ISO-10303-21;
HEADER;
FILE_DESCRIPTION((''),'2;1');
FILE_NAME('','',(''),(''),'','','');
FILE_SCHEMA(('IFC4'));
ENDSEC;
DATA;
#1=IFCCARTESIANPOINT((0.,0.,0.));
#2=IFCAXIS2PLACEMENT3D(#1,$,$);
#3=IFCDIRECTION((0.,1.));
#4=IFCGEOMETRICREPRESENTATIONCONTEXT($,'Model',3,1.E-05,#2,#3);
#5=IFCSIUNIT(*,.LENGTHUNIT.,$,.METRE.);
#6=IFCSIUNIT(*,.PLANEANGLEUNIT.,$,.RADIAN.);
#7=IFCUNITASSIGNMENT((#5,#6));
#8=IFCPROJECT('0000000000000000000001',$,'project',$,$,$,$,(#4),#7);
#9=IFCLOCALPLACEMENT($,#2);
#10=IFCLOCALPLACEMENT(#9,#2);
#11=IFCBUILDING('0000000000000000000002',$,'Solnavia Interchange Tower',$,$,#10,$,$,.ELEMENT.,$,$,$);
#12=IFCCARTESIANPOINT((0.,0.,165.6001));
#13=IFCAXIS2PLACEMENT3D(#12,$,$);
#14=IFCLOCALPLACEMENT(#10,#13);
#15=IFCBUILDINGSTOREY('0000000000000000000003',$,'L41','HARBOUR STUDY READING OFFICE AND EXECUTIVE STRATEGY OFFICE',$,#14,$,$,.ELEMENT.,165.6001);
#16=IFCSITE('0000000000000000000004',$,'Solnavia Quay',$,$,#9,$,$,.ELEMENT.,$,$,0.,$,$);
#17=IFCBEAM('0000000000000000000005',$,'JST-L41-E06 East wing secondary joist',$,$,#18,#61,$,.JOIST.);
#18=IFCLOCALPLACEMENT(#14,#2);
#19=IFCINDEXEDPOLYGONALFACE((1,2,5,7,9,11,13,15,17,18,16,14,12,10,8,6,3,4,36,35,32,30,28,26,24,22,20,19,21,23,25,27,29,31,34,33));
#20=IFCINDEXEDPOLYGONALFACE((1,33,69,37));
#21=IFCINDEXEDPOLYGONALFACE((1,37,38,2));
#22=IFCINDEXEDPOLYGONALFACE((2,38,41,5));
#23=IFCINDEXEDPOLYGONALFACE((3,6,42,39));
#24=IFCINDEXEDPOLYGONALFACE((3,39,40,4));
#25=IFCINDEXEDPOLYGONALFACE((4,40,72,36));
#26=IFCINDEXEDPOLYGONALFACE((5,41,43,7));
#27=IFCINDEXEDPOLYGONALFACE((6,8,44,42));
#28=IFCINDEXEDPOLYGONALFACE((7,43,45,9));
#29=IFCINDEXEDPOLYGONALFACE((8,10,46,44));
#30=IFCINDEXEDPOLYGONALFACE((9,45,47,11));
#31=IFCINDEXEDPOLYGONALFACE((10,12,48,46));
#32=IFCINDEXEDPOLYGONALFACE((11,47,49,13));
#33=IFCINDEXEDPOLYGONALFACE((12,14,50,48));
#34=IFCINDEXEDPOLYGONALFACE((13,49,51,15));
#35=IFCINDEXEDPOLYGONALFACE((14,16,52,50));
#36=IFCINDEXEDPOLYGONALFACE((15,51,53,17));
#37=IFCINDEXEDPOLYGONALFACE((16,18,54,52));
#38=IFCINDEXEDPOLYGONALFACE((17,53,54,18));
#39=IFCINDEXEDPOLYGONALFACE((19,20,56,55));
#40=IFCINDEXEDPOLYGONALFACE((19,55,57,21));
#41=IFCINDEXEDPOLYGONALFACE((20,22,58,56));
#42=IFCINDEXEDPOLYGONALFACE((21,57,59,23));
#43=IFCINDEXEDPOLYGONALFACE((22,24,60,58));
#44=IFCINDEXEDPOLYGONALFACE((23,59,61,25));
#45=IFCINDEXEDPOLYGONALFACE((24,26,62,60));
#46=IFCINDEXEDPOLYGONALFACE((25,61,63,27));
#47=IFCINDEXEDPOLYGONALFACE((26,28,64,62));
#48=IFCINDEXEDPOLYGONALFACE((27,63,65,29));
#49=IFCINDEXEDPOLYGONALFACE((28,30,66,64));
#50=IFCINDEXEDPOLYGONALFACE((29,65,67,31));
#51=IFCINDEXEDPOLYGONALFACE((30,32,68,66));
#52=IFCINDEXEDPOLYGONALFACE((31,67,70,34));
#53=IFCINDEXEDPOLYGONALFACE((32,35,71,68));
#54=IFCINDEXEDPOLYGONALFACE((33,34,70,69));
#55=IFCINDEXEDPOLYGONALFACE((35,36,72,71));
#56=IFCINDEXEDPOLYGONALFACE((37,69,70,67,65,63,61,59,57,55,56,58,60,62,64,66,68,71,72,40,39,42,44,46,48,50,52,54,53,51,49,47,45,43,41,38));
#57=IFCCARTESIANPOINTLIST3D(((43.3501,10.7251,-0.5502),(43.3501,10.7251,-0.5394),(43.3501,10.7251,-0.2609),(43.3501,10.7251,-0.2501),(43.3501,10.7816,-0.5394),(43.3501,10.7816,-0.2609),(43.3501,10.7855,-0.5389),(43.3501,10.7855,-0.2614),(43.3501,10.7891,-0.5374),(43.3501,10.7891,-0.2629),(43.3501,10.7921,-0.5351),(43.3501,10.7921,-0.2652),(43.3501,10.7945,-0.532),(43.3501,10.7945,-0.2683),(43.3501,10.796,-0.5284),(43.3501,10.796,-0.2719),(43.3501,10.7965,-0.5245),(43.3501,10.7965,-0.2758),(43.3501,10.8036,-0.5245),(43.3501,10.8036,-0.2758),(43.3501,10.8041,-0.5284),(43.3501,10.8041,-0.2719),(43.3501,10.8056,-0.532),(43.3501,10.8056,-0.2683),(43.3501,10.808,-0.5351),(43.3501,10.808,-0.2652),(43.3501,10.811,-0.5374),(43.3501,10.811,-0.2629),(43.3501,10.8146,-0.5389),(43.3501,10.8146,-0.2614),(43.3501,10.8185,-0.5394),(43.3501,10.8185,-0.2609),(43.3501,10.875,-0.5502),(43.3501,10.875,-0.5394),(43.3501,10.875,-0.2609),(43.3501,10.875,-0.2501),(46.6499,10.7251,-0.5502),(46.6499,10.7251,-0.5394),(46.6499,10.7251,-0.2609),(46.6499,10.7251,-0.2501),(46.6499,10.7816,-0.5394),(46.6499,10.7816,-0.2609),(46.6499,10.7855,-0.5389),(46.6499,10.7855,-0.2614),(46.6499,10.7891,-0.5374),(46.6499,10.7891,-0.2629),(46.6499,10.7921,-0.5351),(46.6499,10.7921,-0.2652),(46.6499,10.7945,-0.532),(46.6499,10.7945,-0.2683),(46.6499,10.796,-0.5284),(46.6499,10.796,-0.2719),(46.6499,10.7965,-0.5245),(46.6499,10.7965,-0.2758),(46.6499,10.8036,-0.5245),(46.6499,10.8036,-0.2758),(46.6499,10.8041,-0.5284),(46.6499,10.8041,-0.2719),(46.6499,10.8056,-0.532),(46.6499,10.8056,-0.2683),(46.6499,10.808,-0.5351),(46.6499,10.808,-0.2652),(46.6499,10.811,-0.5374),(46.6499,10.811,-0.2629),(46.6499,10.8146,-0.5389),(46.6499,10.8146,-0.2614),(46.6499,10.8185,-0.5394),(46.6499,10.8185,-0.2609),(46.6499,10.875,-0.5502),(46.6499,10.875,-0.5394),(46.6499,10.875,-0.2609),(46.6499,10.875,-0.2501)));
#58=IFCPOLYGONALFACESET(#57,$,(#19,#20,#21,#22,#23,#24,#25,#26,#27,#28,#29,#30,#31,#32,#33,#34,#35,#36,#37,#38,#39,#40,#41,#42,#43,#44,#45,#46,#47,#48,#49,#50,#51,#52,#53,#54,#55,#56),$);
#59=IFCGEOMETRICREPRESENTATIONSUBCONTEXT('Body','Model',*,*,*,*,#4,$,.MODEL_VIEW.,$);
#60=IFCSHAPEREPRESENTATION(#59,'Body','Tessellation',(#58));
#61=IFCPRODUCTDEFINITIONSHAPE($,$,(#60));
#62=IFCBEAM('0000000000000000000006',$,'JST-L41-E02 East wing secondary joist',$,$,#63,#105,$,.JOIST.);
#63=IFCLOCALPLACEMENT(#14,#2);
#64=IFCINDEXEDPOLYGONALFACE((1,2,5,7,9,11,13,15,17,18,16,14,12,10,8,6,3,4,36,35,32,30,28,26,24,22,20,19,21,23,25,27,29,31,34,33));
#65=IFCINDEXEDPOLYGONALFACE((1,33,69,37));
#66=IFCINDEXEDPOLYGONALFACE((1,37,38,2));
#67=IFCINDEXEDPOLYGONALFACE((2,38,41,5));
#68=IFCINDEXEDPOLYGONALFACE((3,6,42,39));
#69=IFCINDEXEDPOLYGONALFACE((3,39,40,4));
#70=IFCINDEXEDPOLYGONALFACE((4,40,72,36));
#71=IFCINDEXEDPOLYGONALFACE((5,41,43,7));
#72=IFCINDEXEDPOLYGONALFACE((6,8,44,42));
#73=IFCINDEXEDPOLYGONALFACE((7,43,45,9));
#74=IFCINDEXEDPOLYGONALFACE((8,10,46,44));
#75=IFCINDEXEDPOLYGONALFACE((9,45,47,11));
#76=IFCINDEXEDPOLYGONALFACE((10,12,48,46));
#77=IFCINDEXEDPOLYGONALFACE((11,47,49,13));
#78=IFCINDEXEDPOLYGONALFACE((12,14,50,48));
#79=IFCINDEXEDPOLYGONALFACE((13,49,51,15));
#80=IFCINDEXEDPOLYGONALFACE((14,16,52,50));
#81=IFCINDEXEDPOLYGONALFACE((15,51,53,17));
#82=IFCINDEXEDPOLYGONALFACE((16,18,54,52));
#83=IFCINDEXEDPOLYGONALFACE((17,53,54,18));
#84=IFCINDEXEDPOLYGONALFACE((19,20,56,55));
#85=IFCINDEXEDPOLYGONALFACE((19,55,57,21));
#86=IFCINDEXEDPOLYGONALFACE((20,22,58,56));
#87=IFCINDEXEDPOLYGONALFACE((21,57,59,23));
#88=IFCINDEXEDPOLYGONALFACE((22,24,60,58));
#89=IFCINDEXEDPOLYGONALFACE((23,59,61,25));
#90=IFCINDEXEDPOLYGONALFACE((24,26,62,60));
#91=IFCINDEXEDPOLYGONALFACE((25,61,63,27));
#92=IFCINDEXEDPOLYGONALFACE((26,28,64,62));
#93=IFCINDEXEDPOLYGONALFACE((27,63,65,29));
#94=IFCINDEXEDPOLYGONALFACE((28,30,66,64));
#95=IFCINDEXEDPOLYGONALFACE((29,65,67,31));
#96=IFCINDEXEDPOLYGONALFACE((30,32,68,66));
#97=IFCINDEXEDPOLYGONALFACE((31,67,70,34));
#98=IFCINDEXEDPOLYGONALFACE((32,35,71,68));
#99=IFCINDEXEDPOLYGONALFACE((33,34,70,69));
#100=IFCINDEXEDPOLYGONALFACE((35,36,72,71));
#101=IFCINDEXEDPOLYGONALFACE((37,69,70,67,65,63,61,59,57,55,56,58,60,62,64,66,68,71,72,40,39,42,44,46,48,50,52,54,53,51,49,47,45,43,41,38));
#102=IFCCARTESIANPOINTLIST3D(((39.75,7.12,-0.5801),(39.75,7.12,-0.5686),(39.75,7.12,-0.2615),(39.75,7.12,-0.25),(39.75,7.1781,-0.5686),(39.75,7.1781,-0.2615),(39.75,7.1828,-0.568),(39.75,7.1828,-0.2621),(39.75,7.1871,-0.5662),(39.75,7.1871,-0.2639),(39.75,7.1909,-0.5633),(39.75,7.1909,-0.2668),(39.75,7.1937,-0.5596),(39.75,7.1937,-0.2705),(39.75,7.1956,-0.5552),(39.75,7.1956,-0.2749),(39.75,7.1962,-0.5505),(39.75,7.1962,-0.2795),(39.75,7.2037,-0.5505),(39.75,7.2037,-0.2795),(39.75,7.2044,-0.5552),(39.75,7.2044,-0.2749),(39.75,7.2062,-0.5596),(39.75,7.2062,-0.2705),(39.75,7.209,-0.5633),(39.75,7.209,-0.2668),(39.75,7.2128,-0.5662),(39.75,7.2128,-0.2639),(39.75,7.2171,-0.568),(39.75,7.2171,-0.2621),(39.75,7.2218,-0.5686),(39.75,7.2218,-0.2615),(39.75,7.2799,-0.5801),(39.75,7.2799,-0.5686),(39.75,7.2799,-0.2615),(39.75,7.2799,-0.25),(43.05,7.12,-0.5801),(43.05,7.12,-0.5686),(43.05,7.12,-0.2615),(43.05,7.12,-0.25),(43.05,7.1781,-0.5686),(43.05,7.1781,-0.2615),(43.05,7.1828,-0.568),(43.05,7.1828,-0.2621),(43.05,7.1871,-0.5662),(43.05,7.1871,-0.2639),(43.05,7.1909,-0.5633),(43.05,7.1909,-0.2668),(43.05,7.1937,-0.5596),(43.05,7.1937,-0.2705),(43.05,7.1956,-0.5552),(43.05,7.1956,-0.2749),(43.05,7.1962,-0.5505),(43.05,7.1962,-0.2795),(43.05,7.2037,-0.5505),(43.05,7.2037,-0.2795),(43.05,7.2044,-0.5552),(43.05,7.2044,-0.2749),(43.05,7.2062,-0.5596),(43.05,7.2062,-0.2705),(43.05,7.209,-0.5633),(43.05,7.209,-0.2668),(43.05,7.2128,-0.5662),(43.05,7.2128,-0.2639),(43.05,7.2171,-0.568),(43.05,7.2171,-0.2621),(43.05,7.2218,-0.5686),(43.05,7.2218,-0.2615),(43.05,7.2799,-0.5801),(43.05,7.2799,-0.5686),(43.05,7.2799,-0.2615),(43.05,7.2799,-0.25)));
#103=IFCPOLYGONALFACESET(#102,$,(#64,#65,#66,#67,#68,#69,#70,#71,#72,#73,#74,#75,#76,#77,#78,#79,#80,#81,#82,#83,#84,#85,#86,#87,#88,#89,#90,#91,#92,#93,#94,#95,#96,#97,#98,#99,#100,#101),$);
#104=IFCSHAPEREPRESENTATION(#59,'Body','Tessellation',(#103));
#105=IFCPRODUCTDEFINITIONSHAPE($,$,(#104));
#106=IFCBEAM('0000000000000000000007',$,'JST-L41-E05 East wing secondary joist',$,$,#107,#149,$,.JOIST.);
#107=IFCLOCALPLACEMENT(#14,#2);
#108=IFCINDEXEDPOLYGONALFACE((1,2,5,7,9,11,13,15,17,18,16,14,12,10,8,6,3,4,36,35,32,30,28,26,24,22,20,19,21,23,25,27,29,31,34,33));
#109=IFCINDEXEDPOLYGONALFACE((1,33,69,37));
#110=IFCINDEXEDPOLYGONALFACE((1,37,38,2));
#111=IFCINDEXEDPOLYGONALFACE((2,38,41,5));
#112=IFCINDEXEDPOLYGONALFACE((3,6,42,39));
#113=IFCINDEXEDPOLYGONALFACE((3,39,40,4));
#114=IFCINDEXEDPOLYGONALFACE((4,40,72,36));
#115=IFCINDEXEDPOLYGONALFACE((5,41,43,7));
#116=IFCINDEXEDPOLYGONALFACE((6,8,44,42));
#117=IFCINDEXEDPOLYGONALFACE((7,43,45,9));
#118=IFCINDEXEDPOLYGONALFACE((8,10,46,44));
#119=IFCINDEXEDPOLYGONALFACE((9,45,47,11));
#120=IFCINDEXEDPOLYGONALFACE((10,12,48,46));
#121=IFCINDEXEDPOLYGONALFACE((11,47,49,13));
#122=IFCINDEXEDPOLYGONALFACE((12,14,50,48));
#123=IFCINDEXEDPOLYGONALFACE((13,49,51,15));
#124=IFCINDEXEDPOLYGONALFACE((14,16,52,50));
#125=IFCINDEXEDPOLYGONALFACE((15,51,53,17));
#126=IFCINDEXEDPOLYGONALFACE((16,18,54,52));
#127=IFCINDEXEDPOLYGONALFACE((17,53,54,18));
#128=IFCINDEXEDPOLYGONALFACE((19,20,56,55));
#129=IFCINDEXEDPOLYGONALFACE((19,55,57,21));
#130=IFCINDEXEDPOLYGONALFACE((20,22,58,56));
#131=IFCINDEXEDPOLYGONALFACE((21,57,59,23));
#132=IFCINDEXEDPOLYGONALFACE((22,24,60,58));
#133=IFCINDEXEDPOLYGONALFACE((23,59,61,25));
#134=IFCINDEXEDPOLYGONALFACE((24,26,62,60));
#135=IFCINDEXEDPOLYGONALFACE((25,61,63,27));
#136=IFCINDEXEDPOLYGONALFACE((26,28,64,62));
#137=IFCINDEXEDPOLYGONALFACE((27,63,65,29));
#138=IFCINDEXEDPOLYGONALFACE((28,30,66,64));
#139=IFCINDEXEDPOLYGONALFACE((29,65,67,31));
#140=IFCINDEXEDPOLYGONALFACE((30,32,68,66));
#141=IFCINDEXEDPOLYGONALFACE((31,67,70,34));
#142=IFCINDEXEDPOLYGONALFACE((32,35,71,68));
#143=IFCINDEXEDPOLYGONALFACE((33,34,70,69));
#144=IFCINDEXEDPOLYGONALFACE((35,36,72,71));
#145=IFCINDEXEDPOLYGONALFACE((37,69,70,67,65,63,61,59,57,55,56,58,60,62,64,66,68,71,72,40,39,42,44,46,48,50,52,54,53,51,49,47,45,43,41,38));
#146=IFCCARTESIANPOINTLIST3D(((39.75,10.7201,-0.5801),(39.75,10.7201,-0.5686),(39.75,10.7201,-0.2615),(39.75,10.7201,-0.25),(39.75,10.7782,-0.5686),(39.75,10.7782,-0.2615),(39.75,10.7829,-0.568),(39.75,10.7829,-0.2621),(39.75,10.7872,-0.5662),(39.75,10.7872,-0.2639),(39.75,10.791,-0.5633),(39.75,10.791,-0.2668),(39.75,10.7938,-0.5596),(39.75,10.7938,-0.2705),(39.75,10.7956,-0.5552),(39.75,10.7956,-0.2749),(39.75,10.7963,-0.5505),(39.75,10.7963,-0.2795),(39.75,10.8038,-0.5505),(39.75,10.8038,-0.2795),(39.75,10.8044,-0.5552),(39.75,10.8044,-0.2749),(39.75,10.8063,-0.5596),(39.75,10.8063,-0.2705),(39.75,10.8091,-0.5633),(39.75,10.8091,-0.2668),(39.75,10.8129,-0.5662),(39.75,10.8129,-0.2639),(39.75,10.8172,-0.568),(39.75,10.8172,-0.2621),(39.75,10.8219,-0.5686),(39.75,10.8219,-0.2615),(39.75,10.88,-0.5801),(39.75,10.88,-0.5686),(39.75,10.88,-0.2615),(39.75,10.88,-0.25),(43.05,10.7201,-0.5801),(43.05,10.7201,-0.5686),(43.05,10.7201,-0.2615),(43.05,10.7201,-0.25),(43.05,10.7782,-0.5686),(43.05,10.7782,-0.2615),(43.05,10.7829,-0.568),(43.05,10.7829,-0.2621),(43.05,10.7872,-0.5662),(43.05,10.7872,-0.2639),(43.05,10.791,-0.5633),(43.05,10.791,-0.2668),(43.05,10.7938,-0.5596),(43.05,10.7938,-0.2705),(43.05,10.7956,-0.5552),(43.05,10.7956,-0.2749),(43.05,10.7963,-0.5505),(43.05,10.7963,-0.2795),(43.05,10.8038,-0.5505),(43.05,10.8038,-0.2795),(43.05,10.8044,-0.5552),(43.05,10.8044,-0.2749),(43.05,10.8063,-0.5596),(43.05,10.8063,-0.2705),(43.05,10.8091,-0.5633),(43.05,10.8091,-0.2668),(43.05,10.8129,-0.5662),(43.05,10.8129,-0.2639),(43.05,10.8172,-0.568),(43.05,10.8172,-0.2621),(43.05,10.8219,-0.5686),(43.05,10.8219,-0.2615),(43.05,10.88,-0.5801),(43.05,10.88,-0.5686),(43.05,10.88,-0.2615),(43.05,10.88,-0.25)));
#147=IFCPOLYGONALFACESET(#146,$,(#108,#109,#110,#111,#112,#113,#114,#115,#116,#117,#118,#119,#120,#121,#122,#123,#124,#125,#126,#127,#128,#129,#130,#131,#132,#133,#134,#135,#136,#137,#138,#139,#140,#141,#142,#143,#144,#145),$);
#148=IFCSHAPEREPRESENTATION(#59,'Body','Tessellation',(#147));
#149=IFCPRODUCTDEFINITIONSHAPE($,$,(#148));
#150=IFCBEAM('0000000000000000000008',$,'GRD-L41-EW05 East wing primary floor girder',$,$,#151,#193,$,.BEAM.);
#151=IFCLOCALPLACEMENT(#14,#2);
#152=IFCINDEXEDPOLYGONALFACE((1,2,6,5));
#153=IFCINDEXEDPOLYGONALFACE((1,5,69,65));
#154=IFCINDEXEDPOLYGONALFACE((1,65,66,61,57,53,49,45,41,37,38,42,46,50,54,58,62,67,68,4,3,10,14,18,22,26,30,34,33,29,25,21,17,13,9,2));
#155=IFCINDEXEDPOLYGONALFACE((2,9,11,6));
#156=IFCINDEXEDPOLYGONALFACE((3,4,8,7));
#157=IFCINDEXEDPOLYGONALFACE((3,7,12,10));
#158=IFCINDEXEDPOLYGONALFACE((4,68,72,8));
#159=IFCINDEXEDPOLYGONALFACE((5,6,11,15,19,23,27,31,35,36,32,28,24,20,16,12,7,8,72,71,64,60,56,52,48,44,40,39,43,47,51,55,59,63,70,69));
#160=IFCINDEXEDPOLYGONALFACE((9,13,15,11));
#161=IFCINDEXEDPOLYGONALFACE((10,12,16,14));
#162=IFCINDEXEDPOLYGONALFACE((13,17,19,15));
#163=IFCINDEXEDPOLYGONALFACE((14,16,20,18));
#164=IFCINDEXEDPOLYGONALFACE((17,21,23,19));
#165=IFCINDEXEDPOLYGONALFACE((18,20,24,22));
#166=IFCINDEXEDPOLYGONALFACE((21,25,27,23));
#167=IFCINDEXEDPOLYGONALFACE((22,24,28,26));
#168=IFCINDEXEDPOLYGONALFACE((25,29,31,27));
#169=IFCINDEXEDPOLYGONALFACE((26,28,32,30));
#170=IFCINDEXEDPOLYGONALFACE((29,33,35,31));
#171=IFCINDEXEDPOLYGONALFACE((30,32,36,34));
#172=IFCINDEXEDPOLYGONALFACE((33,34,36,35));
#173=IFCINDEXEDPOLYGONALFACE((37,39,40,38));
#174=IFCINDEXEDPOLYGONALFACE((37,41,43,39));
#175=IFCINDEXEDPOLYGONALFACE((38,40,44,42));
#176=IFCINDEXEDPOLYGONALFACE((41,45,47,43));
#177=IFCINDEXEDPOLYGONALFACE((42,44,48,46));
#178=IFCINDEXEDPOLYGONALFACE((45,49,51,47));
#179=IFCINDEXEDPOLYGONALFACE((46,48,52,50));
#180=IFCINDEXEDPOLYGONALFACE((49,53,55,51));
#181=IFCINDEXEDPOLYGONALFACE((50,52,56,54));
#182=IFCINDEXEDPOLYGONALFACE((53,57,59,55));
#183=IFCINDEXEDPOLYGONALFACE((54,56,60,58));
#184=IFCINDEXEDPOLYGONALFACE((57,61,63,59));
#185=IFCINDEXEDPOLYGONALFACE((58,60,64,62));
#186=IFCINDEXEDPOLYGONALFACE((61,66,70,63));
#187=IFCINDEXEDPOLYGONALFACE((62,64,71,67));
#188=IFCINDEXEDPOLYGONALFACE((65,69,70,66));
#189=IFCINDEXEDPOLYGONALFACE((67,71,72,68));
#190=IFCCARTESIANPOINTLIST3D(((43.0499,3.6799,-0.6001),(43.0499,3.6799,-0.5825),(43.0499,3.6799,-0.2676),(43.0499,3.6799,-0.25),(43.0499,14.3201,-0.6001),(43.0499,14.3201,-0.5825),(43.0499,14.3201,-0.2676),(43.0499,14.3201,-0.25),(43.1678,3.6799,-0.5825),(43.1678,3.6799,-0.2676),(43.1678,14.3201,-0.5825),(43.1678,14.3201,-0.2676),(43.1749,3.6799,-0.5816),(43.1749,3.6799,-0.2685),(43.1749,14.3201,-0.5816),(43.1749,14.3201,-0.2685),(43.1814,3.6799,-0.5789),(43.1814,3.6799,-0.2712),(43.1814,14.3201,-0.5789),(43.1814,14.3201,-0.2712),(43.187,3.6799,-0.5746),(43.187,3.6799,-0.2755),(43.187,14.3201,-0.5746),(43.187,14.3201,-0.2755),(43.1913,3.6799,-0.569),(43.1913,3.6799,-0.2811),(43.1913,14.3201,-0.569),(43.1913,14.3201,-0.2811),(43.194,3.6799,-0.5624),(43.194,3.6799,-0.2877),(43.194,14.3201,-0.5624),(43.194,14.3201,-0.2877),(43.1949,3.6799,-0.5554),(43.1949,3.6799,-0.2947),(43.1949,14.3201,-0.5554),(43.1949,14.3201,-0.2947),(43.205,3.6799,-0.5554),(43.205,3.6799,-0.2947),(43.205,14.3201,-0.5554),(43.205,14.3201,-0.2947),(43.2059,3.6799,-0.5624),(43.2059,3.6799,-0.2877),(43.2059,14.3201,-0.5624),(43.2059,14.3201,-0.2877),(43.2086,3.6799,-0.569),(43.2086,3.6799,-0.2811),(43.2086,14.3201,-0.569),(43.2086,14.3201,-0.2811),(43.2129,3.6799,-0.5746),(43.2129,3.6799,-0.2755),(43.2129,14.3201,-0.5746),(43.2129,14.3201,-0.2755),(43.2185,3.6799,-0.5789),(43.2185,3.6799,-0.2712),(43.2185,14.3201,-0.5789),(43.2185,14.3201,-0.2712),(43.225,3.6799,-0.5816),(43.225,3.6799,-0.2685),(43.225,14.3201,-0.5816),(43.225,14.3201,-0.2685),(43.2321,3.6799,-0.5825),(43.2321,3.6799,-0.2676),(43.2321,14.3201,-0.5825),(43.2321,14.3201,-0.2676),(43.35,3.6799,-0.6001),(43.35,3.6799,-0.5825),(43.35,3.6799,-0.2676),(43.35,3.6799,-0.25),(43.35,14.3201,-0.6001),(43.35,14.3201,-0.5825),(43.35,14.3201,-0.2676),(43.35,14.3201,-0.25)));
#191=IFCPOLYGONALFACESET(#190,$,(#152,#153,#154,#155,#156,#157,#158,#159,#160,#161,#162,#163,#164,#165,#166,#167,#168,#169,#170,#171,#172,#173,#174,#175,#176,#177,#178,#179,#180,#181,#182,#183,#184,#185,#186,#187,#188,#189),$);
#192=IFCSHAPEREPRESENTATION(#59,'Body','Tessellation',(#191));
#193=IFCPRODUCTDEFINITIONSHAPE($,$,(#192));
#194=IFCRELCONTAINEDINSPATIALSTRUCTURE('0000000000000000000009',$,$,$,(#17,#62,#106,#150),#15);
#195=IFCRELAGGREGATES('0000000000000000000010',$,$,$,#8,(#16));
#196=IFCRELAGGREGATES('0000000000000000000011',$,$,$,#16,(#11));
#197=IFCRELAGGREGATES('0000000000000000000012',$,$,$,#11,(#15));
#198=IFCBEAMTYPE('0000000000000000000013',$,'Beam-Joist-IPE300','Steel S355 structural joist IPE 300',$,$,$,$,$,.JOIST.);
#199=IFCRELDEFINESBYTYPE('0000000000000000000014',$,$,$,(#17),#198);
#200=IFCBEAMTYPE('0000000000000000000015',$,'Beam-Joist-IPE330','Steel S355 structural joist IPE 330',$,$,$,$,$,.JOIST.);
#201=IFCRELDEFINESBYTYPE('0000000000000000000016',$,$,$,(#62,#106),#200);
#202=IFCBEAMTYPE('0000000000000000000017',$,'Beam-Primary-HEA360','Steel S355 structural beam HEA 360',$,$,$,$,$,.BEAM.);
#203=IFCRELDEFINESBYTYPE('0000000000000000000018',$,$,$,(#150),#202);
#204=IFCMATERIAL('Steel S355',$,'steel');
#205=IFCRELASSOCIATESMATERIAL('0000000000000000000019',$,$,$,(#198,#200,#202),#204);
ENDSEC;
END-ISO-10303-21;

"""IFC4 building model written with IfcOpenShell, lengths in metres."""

from ifc_helpers import new_model, si_unit, direction, frame, origin, origin_2d, place, context, subcontext, project, spatial, i_section, extrude, material, material_profile, profile_set, type_object, element, save


model = new_model("IFC4")

# Units and contexts
model_context = context("Model", 3, precision=1e-05, world=origin(), true_north=direction((0.0, 1.0)))
body_context = subcontext(model_context, "Body", "Model", "MODEL_VIEW")
ifc_project = project(units=[si_unit("LENGTHUNIT", "METRE"), si_unit("PLANEANGLEUNIT", "RADIAN")], contexts=[model_context])

# Site, building, storey
site_placement = place(None, origin())
site = spatial("IfcSite", under=ifc_project, at=site_placement, Name="Solnavia Quay", CompositionType="ELEMENT", RefElevation=0.0)
building_placement = place(site_placement, origin())
building = spatial("IfcBuilding", under=site, at=building_placement, Name="Solnavia Interchange Tower", CompositionType="ELEMENT")
storey_placement = place(building_placement, frame((0.0, 0.0, 165.6001)))
storey = spatial("IfcBuildingStorey", under=building, at=storey_placement, Name="L41", Description="HARBOUR STUDY READING OFFICE AND EXECUTIVE STRATEGY OFFICE", CompositionType="ELEMENT", Elevation=165.6001)

# Beams
ifc_material_1 = material(Name="Steel S355", Category="steel")
ifc_material_profile_1 = material_profile(ifc_material_1, i_section(OverallWidth=0.1499, OverallDepth=0.3, WebThickness=0.0071, FlangeThickness=0.0107, FilletRadius=0.0149, at=origin_2d()), Name="IPE 300")
ifc_profile_set_1 = profile_set([ifc_material_profile_1], Name="Steel S355")
beam_type_1 = type_object("IfcBeamType", Name="Beam-Joist-IPE300", Description="Steel S355 structural joist IPE 300", PredefinedType="JOIST", material=ifc_profile_set_1)
for number, where, z_axis, x_axis, name in (
    (1, (43.3501, 10.8, -0.4001), (1.0, 0.0, 0.0), (0.0, 1.0, 0.0), "JST-L41-E06 East wing secondary joist"),
):
    element("IfcBeam", number, at=place(storey_placement, frame(where, z_axis=z_axis, x_axis=x_axis)), inside=storey, type_object=beam_type_1, Name=name, PredefinedType="JOIST", context=body_context, shape_type="SweptSolid", body=[
        extrude(i_section(OverallWidth=0.1499, OverallDepth=0.3, WebThickness=0.0071, FlangeThickness=0.0107, FilletRadius=0.0149, at=origin_2d()), origin(), (0.0, 0.0, 1.0), 3.2998),
    ])
ifc_material_profile_2 = material_profile(ifc_material_1, i_section(OverallWidth=0.1599, OverallDepth=0.3301, WebThickness=0.0076, FlangeThickness=0.0115, FilletRadius=0.0181, at=origin_2d()), Name="IPE 330")
ifc_profile_set_2 = profile_set([ifc_material_profile_2], Name="Steel S355")
beam_type_2 = type_object("IfcBeamType", Name="Beam-Joist-IPE330", Description="Steel S355 structural joist IPE 330", PredefinedType="JOIST", material=ifc_profile_set_2)
for number, where, z_axis, x_axis, name in (
    (2, (39.75, 7.2, -0.415), (1.0, 0.0, 0.0), (0.0, 1.0, 0.0), "JST-L41-E02 East wing secondary joist"),
    (3, (39.75, 10.8, -0.415), (1.0, 0.0, 0.0), (0.0, 1.0, 0.0), "JST-L41-E05 East wing secondary joist"),
):
    element("IfcBeam", number, at=place(storey_placement, frame(where, z_axis=z_axis, x_axis=x_axis)), inside=storey, type_object=beam_type_2, Name=name, PredefinedType="JOIST", context=body_context, shape_type="SweptSolid", body=[
        extrude(i_section(OverallWidth=0.1599, OverallDepth=0.3301, WebThickness=0.0076, FlangeThickness=0.0115, FilletRadius=0.0181, at=origin_2d()), origin(), (0.0, 0.0, 1.0), 3.3),
    ])
ifc_material_profile_3 = material_profile(ifc_material_1, i_section(OverallWidth=0.3, OverallDepth=0.3501, WebThickness=0.01, FlangeThickness=0.0176, FilletRadius=0.0271, at=origin_2d()), Name="HEA 360")
ifc_profile_set_3 = profile_set([ifc_material_profile_3], Name="Steel S355")
beam_type_3 = type_object("IfcBeamType", Name="Beam-Primary-HEA360", Description="Steel S355 structural beam HEA 360", PredefinedType="BEAM", material=ifc_profile_set_3)
beam_1_placement = place(storey_placement, frame((43.2, 3.6799, -0.425), z_axis=(0.0, 1.0, 0.0), x_axis=(-1.0, 0.0, 0.0)))
element("IfcBeam", 4, at=beam_1_placement, inside=storey, type_object=beam_type_3, Name="GRD-L41-EW05 East wing primary floor girder", PredefinedType="BEAM", context=body_context, shape_type="SweptSolid", body=[
    extrude(i_section(OverallWidth=0.3, OverallDepth=0.3501, WebThickness=0.01, FlangeThickness=0.0176, FilletRadius=0.0271, at=origin_2d()), origin(), (0.0, 0.0, 1.0), 10.6401),
])

save(model, "model.ifc")
